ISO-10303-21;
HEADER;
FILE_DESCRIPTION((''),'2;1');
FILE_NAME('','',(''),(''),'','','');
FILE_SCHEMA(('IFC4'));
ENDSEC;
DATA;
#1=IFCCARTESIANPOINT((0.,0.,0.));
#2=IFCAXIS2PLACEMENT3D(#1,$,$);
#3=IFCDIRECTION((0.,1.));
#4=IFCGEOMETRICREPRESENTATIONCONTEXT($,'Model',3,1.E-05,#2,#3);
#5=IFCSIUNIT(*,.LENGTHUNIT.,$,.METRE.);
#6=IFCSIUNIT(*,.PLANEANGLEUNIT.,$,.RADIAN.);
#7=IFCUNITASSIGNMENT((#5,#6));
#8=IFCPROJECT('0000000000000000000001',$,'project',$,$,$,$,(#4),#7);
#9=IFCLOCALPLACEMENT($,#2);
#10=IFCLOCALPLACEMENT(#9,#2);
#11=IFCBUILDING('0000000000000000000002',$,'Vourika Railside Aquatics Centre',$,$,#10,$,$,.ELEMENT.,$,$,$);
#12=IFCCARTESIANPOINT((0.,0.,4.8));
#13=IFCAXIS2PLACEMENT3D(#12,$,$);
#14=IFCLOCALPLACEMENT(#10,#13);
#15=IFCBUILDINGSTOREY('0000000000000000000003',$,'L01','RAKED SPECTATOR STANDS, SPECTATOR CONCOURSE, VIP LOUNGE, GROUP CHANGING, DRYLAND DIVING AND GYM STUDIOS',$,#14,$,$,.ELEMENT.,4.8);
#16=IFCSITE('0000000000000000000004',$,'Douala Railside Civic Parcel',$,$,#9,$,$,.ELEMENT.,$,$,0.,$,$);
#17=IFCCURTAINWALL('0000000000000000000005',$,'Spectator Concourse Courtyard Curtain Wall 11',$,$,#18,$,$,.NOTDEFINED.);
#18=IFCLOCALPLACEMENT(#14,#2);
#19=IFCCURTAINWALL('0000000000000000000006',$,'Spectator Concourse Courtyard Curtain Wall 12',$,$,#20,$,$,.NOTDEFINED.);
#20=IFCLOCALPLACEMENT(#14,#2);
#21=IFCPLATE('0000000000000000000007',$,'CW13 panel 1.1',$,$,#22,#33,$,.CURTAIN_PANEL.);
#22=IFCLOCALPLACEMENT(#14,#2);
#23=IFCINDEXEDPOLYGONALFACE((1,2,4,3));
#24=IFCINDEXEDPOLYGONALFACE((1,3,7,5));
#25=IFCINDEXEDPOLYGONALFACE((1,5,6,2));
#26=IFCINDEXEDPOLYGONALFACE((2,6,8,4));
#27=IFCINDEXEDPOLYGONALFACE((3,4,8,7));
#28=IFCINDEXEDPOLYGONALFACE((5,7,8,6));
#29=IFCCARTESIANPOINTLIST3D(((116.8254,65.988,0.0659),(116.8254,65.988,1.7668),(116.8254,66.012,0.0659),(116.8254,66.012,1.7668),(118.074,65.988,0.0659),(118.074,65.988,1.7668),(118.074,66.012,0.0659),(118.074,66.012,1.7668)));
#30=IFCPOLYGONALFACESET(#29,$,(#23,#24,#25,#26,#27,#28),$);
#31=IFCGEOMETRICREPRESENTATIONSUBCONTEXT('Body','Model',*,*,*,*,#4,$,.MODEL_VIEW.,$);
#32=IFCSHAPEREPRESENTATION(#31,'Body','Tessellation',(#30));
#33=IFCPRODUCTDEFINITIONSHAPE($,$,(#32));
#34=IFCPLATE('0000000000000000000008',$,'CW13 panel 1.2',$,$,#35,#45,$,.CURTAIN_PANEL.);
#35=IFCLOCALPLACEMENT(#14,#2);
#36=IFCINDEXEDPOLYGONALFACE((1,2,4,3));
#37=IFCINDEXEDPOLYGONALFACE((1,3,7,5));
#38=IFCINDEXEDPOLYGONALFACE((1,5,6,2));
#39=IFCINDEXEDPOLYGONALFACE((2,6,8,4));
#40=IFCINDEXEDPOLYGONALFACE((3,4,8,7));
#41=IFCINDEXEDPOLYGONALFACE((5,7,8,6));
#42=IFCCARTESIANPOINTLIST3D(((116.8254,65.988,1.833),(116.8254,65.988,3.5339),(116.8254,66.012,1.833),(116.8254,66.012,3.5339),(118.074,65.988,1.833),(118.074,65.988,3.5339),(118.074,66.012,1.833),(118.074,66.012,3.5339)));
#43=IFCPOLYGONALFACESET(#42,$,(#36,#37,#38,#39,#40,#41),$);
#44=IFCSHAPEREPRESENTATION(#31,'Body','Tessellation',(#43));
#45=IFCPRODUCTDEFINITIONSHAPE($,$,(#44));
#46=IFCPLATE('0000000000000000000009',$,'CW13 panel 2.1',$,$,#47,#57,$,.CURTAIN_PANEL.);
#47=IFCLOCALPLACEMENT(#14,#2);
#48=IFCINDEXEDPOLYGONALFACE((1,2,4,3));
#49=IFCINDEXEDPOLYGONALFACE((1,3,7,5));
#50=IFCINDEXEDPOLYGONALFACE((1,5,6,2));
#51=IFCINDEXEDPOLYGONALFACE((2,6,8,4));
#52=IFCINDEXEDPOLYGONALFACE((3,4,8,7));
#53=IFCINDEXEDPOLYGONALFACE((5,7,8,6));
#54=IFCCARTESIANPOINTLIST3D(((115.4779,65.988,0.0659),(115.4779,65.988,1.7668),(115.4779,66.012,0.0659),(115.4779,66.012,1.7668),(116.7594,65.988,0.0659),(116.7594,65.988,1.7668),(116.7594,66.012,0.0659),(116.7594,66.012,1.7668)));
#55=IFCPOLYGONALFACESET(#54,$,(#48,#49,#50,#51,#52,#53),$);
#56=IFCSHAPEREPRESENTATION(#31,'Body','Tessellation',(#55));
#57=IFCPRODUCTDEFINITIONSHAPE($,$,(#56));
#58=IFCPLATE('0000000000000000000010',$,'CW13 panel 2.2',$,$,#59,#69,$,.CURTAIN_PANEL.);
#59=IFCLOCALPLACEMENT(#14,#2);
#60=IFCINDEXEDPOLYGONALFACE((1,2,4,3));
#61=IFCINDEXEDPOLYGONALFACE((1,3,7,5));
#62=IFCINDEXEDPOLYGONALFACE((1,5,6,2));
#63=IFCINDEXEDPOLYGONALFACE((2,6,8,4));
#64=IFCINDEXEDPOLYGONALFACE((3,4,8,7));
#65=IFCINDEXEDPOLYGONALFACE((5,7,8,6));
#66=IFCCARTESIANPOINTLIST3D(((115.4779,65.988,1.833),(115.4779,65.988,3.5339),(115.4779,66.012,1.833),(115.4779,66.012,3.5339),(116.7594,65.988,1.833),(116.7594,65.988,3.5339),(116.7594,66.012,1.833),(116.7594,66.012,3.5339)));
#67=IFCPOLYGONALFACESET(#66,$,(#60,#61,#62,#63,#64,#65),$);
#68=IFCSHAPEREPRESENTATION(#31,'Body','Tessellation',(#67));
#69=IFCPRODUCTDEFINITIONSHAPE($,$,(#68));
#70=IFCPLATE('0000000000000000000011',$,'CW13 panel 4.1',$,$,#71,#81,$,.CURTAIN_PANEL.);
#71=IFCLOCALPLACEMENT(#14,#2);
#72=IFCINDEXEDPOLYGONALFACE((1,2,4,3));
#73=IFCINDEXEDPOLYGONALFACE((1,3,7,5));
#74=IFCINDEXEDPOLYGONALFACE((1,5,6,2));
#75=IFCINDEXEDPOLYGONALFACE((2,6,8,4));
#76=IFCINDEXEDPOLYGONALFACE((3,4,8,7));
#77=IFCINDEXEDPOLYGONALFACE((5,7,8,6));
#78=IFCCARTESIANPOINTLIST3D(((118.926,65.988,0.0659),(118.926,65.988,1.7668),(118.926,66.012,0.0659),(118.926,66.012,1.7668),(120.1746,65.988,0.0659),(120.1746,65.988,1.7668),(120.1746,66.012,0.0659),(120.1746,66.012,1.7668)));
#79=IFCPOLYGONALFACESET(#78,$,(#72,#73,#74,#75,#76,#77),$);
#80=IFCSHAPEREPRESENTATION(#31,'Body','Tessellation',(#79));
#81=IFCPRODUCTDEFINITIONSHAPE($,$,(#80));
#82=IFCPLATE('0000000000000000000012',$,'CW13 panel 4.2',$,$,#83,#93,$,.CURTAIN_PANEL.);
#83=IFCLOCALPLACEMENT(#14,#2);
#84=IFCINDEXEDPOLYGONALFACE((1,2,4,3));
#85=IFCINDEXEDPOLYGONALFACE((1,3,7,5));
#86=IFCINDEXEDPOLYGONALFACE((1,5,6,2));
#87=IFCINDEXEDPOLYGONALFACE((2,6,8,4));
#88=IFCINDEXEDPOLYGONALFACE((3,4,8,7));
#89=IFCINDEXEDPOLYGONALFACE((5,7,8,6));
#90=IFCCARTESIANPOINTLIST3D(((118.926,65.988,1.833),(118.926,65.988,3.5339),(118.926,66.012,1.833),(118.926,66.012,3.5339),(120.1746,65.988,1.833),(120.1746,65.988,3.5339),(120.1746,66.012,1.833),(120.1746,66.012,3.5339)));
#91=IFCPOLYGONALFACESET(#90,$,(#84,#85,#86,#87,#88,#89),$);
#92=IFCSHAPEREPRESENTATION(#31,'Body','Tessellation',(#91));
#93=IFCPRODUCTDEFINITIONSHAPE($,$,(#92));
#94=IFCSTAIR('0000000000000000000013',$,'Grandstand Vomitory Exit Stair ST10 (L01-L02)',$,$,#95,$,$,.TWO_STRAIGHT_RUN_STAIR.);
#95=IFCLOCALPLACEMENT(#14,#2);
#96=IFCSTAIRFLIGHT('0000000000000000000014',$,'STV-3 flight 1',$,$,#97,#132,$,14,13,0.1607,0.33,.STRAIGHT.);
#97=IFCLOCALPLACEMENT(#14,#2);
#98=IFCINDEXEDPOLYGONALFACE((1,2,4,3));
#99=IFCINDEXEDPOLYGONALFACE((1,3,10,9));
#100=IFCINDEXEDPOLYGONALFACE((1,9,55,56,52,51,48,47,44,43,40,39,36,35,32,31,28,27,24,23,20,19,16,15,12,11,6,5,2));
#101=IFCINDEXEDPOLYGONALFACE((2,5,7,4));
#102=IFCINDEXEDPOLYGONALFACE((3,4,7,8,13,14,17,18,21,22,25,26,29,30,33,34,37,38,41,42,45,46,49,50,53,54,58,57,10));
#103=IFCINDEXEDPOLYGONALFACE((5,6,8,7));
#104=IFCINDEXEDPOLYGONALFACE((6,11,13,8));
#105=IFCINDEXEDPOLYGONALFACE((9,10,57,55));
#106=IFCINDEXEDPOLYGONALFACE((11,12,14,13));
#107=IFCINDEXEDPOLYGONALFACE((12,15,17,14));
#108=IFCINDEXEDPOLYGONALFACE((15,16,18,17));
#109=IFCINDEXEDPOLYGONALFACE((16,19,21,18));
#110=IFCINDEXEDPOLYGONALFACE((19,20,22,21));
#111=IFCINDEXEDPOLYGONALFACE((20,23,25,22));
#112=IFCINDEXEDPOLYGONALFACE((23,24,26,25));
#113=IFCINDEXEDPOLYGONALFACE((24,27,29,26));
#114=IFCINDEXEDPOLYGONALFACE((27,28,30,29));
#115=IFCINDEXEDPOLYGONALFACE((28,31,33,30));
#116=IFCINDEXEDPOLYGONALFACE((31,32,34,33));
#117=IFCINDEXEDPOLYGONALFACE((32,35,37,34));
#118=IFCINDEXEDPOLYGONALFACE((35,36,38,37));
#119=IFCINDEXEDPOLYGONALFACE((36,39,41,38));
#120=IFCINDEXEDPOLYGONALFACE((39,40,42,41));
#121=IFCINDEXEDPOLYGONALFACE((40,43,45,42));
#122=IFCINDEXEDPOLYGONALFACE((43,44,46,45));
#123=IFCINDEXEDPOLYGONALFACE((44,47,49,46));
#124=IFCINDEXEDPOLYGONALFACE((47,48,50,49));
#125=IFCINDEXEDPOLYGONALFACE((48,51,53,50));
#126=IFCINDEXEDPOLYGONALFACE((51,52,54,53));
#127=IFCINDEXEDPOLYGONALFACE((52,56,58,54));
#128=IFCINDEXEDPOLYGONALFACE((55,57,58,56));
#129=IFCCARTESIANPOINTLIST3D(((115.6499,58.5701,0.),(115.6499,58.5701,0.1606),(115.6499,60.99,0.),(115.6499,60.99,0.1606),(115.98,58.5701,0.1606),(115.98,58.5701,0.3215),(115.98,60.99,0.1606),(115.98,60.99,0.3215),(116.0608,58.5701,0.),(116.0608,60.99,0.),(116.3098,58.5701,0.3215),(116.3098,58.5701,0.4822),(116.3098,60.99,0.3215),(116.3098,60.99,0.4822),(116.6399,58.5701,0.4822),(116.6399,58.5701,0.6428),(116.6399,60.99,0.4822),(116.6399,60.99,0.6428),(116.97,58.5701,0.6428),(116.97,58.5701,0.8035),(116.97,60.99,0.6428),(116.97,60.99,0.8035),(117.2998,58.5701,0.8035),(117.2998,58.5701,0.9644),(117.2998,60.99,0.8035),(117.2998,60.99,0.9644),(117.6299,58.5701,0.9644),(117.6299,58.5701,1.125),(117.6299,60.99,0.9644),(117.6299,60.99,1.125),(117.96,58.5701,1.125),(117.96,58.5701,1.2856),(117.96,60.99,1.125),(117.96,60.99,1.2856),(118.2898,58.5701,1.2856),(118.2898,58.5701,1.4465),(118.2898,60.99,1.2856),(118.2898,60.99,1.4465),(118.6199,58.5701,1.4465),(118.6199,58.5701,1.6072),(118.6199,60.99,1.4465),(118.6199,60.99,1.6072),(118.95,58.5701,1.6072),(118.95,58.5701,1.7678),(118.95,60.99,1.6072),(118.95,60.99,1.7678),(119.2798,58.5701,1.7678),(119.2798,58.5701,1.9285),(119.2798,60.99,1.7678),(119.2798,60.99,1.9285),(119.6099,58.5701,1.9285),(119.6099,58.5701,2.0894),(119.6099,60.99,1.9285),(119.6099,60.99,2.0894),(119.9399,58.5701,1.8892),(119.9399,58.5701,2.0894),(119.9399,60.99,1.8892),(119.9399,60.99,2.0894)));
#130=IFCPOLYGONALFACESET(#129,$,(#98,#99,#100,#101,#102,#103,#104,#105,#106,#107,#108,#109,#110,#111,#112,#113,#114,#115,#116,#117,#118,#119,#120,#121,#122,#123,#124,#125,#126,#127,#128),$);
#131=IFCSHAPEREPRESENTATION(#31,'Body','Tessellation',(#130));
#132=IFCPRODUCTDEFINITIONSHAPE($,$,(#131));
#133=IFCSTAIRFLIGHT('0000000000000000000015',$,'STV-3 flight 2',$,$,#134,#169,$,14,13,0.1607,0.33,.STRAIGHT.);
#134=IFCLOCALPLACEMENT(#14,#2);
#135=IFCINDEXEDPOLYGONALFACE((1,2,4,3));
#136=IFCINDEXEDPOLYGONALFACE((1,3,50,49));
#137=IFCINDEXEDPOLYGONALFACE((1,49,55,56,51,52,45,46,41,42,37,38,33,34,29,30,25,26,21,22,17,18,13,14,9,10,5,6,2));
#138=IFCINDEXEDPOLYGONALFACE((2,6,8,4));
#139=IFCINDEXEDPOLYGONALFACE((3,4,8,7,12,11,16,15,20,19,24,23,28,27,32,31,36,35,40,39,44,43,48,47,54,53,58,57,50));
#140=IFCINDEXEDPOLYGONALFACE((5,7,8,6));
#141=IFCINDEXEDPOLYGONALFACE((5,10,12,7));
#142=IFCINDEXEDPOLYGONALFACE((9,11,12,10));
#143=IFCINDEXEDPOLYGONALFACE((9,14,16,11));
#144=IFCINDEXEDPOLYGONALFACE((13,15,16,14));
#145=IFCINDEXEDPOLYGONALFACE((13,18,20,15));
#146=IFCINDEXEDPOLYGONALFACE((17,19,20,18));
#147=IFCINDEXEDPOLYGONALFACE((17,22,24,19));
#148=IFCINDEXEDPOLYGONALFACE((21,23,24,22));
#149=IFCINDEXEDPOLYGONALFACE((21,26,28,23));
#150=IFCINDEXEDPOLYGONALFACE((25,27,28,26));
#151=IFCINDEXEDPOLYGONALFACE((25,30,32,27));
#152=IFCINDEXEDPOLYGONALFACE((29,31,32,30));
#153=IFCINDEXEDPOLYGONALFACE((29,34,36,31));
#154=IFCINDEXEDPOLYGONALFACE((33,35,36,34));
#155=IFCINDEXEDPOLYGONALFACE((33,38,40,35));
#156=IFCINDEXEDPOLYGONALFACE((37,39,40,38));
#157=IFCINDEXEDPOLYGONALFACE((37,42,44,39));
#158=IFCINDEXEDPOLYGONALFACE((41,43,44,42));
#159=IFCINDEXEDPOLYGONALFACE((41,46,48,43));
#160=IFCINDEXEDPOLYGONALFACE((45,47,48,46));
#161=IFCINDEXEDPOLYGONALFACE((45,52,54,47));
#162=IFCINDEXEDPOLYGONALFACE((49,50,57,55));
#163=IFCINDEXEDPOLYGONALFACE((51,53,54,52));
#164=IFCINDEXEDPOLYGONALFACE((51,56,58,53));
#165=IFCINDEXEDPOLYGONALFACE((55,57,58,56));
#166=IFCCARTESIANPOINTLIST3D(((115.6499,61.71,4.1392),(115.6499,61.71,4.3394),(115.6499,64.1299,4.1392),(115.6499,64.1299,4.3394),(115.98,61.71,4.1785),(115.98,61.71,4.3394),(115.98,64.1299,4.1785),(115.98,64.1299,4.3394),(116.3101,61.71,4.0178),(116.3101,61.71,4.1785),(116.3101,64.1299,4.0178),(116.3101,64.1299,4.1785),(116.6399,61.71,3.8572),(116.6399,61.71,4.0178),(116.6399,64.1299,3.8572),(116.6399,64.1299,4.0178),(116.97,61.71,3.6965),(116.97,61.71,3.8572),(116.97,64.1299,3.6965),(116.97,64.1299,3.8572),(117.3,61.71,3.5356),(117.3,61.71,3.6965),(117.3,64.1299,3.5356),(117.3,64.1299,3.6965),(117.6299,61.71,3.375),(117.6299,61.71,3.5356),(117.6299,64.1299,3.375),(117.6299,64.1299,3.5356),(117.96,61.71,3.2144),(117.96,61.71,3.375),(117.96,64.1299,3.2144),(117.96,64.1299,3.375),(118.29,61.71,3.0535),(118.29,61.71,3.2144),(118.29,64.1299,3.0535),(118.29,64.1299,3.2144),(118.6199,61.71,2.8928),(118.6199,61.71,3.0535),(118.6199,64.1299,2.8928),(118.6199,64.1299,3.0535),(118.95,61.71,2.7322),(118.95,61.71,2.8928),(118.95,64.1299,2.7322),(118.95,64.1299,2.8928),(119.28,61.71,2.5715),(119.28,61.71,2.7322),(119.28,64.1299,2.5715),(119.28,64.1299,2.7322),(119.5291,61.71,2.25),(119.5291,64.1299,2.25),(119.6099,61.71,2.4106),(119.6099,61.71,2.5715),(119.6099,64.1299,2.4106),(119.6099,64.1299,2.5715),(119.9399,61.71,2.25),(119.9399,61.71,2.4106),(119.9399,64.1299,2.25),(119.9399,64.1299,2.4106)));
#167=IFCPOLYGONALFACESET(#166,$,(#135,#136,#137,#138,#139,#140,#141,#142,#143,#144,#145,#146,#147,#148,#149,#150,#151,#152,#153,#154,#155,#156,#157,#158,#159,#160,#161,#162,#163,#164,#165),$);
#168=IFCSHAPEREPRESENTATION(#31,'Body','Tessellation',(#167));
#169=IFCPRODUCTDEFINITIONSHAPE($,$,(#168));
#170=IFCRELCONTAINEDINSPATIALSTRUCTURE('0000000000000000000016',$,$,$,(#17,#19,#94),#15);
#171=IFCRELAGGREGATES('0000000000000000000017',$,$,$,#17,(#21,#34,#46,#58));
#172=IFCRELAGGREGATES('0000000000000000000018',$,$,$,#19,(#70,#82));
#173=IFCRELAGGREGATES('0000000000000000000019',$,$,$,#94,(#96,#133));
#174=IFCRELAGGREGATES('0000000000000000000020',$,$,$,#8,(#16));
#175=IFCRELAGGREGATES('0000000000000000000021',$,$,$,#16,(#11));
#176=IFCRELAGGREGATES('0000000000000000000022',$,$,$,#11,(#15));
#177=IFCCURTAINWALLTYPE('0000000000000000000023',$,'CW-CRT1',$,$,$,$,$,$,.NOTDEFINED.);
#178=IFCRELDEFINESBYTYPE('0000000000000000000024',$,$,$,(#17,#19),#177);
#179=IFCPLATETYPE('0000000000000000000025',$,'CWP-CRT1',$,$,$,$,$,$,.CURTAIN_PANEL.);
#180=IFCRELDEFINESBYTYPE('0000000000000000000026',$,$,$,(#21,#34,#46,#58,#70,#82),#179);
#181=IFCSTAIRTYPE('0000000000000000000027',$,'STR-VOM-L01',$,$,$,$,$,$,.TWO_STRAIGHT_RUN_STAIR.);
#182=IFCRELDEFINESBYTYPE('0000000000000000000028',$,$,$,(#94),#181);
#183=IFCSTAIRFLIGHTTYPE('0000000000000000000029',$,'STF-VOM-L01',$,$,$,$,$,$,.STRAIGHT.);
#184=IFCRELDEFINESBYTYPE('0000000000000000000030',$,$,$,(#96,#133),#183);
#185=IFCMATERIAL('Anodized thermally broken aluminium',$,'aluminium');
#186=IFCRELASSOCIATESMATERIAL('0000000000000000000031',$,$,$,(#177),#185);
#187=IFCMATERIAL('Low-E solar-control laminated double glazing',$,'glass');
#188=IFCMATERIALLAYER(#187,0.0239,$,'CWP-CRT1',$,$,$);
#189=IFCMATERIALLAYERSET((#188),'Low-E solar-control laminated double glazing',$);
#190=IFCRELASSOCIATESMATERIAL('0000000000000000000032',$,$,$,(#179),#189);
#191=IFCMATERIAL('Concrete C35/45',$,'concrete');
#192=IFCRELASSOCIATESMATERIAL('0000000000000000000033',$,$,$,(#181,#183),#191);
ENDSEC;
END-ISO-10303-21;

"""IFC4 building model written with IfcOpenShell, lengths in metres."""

from ifc_helpers import new_model, si_unit, direction, frame, origin, origin_2d, place, context, subcontext, project, spatial, polyline, rectangle, outline, extrude, material, layer, layer_set, type_object, element, aggregate, save


model = new_model("IFC4")

# Units and contexts
model_context = context("Model", 3, precision=1e-05, world=origin(), true_north=direction((0.0, 1.0)))
body_context = subcontext(model_context, "Body", "Model", "MODEL_VIEW")
ifc_project = project(units=[si_unit("LENGTHUNIT", "METRE"), si_unit("PLANEANGLEUNIT", "RADIAN")], contexts=[model_context])

# Site, building, storey
site_placement = place(None, origin())
site = spatial("IfcSite", under=ifc_project, at=site_placement, Name="Douala Railside Civic Parcel", CompositionType="ELEMENT", RefElevation=0.0)
building_placement = place(site_placement, origin())
building = spatial("IfcBuilding", under=site, at=building_placement, Name="Vourika Railside Aquatics Centre", CompositionType="ELEMENT")
storey_placement = place(building_placement, frame((0.0, 0.0, 4.8)))
storey = spatial("IfcBuildingStorey", under=building, at=storey_placement, Name="L01", Description="RAKED SPECTATOR STANDS, SPECTATOR CONCOURSE, VIP LOUNGE, GROUP CHANGING, DRYLAND DIVING AND GYM STUDIOS", CompositionType="ELEMENT", Elevation=4.8)

# Shared definitions
ifc_material_1 = material(Name="Concrete C35/45", Category="concrete")

# Curtain wall
ifc_material_2 = material(Name="Anodized thermally broken aluminium", Category="aluminium")
curtain_wall_type = type_object("IfcCurtainWallType", Name="CW-CRT1", PredefinedType="NOTDEFINED", material=ifc_material_2)
curtain_wall_1_placement = place(storey_placement, origin())
curtain_wall_1 = element("IfcCurtainWall", 1, at=curtain_wall_1_placement, inside=storey, type_object=curtain_wall_type, Name="Spectator Concourse Courtyard Curtain Wall 11", PredefinedType="NOTDEFINED")

# Curtain wall
curtain_wall_2_placement = place(storey_placement, origin())
curtain_wall_2 = element("IfcCurtainWall", 2, at=curtain_wall_2_placement, inside=storey, type_object=curtain_wall_type, Name="Spectator Concourse Courtyard Curtain Wall 12", PredefinedType="NOTDEFINED")

# Plates
ifc_material_3 = material(Name="Low-E solar-control laminated double glazing", Category="glass")
ifc_layer = layer(ifc_material_3, 0.0239, Name="CWP-CRT1")
ifc_layer_set = layer_set([ifc_layer], Name="Low-E solar-control laminated double glazing")
plate_type = type_object("IfcPlateType", Name="CWP-CRT1", PredefinedType="CURTAIN_PANEL", material=ifc_layer_set)
plate_1_placement = place(storey_placement, frame((117.4497, 66.0, 0.0659), z_axis=(0.0, 0.0, 1.0), x_axis=(-1.0, 0.0, 0.0)))
plate_1 = element("IfcPlate", 3, at=plate_1_placement, type_object=plate_type, Name="CW13 panel 1.1", PredefinedType="CURTAIN_PANEL", context=body_context, shape_type="SweptSolid", body=[
    extrude(rectangle(XDim=1.2485, YDim=0.0239, at=origin_2d()), origin(), (0.0, 0.0, 1.0), 1.7009),
])
plate_2_placement = place(storey_placement, frame((117.4497, 66.0, 1.833), z_axis=(0.0, 0.0, 1.0), x_axis=(-1.0, 0.0, 0.0)))
plate_2 = element("IfcPlate", 4, at=plate_2_placement, type_object=plate_type, Name="CW13 panel 1.2", PredefinedType="CURTAIN_PANEL", context=body_context, shape_type="SweptSolid", body=[
    extrude(rectangle(XDim=1.2485, YDim=0.0239, at=origin_2d()), origin(), (0.0, 0.0, 1.0), 1.7009),
])
plate_3_placement = place(storey_placement, frame((116.1187, 66.0, 0.0659), z_axis=(0.0, 0.0, 1.0), x_axis=(-1.0, 0.0, 0.0)))
plate_3 = element("IfcPlate", 5, at=plate_3_placement, type_object=plate_type, Name="CW13 panel 2.1", PredefinedType="CURTAIN_PANEL", context=body_context, shape_type="SweptSolid", body=[
    extrude(rectangle(XDim=1.2815, YDim=0.0239, at=origin_2d()), origin(), (0.0, 0.0, 1.0), 1.7009),
])
plate_4_placement = place(storey_placement, frame((116.1187, 66.0, 1.833), z_axis=(0.0, 0.0, 1.0), x_axis=(-1.0, 0.0, 0.0)))
plate_4 = element("IfcPlate", 6, at=plate_4_placement, type_object=plate_type, Name="CW13 panel 2.2", PredefinedType="CURTAIN_PANEL", context=body_context, shape_type="SweptSolid", body=[
    extrude(rectangle(XDim=1.2815, YDim=0.0239, at=origin_2d()), origin(), (0.0, 0.0, 1.0), 1.7009),
])
aggregate(curtain_wall_1, [plate_1, plate_2, plate_3, plate_4])
plate_5_placement = place(storey_placement, frame((119.5503, 66.0, 0.0659), z_axis=(0.0, 0.0, 1.0), x_axis=(-1.0, 0.0, 0.0)))
plate_5 = element("IfcPlate", 7, at=plate_5_placement, type_object=plate_type, Name="CW13 panel 4.1", PredefinedType="CURTAIN_PANEL", context=body_context, shape_type="SweptSolid", body=[
    extrude(rectangle(XDim=1.2485, YDim=0.0239, at=origin_2d()), origin(), (0.0, 0.0, 1.0), 1.7009),
])
plate_6_placement = place(storey_placement, frame((119.5503, 66.0, 1.833), z_axis=(0.0, 0.0, 1.0), x_axis=(-1.0, 0.0, 0.0)))
plate_6 = element("IfcPlate", 8, at=plate_6_placement, type_object=plate_type, Name="CW13 panel 4.2", PredefinedType="CURTAIN_PANEL", context=body_context, shape_type="SweptSolid", body=[
    extrude(rectangle(XDim=1.2485, YDim=0.0239, at=origin_2d()), origin(), (0.0, 0.0, 1.0), 1.7009),
])
aggregate(curtain_wall_2, [plate_5, plate_6])

# Stair, stair flights
stair_type = type_object("IfcStairType", Name="STR-VOM-L01", PredefinedType="TWO_STRAIGHT_RUN_STAIR", material=ifc_material_1)
stair_placement = place(storey_placement, origin())
stair = element("IfcStair", 9, at=stair_placement, inside=storey, type_object=stair_type, Name="Grandstand Vomitory Exit Stair ST10 (L01-L02)", PredefinedType="TWO_STRAIGHT_RUN_STAIR")
stair_flight_type = type_object("IfcStairFlightType", Name="STF-VOM-L01", PredefinedType="STRAIGHT", material=ifc_material_1)
stair_flight_1_placement = place(storey_placement, frame((115.6499, 59.78, 0.0), z_axis=(0.0, 0.0, 1.0), x_axis=(1.0, 0.0, 0.0)))
stair_flight_1 = element("IfcStairFlight", 10, at=stair_flight_1_placement, type_object=stair_flight_type, Name="STV-3 flight 1", NumberOfRisers=14, NumberOfTreads=13, PredefinedType="STRAIGHT", RiserHeight=0.1607, TreadLength=0.33, context=body_context, shape_type="SweptSolid", body=[
    extrude(outline(polyline([(0.0, 0.0), (0.0, 0.1606), (0.3301, 0.1606), (0.3301, 0.3215), (0.6599, 0.3215), (0.6599, 0.4822), (0.99, 0.4822), (0.99, 0.6428), (1.3201, 0.6428), (1.3201, 0.8035), (1.6499, 0.8035), (1.6499, 0.9644), (1.98, 0.9644), (1.98, 1.125), (2.3101, 1.125), (2.3101, 1.2856), (2.6399, 1.2856), (2.6399, 1.4465), (2.97, 1.4465), (2.97, 1.6072), (3.3, 1.6072), (3.3, 1.7678), (3.6299, 1.7678), (3.6299, 1.9285), (3.96, 1.9285), (3.96, 2.0894), (4.29, 2.0894), (4.29, 2.25), (4.29, 1.8892), (0.4109, 0.0), (0.0, 0.0)])), frame((0.0, 1.21, 0.0), z_axis=(0.0, -1.0, 0.0), x_axis=(1.0, 0.0, 0.0)), (0.0, 0.0, 1.0), 2.4199),
])
stair_flight_2_placement = place(storey_placement, frame((119.9399, 62.9199, 2.25), z_axis=(0.0, 0.0, 1.0), x_axis=(-1.0, 0.0, 0.0)))
stair_flight_2 = element("IfcStairFlight", 11, at=stair_flight_2_placement, type_object=stair_flight_type, Name="STV-3 flight 2", NumberOfRisers=14, NumberOfTreads=13, PredefinedType="STRAIGHT", RiserHeight=0.1607, TreadLength=0.33, context=body_context, shape_type="SweptSolid", body=[
    extrude(outline(polyline([(0.0, 0.0), (0.0, 0.1606), (0.3301, 0.1606), (0.3301, 0.3215), (0.6599, 0.3215), (0.6599, 0.4822), (0.99, 0.4822), (0.99, 0.6428), (1.3201, 0.6428), (1.3201, 0.8035), (1.6499, 0.8035), (1.6499, 0.9644), (1.98, 0.9644), (1.98, 1.125), (2.3101, 1.125), (2.3101, 1.2856), (2.6399, 1.2856), (2.6399, 1.4465), (2.97, 1.4465), (2.97, 1.6072), (3.3, 1.6072), (3.3, 1.7678), (3.6299, 1.7678), (3.6299, 1.9285), (3.96, 1.9285), (3.96, 2.0894), (4.29, 2.0894), (4.29, 2.25), (4.29, 1.8892), (0.4109, 0.0), (0.0, 0.0)])), frame((0.0, 1.21, 0.0), z_axis=(0.0, -1.0, 0.0), x_axis=(1.0, 0.0, 0.0)), (0.0, 0.0, 1.0), 2.4199),
])
aggregate(stair, [stair_flight_1, stair_flight_2])

save(model, "model.ifc")
